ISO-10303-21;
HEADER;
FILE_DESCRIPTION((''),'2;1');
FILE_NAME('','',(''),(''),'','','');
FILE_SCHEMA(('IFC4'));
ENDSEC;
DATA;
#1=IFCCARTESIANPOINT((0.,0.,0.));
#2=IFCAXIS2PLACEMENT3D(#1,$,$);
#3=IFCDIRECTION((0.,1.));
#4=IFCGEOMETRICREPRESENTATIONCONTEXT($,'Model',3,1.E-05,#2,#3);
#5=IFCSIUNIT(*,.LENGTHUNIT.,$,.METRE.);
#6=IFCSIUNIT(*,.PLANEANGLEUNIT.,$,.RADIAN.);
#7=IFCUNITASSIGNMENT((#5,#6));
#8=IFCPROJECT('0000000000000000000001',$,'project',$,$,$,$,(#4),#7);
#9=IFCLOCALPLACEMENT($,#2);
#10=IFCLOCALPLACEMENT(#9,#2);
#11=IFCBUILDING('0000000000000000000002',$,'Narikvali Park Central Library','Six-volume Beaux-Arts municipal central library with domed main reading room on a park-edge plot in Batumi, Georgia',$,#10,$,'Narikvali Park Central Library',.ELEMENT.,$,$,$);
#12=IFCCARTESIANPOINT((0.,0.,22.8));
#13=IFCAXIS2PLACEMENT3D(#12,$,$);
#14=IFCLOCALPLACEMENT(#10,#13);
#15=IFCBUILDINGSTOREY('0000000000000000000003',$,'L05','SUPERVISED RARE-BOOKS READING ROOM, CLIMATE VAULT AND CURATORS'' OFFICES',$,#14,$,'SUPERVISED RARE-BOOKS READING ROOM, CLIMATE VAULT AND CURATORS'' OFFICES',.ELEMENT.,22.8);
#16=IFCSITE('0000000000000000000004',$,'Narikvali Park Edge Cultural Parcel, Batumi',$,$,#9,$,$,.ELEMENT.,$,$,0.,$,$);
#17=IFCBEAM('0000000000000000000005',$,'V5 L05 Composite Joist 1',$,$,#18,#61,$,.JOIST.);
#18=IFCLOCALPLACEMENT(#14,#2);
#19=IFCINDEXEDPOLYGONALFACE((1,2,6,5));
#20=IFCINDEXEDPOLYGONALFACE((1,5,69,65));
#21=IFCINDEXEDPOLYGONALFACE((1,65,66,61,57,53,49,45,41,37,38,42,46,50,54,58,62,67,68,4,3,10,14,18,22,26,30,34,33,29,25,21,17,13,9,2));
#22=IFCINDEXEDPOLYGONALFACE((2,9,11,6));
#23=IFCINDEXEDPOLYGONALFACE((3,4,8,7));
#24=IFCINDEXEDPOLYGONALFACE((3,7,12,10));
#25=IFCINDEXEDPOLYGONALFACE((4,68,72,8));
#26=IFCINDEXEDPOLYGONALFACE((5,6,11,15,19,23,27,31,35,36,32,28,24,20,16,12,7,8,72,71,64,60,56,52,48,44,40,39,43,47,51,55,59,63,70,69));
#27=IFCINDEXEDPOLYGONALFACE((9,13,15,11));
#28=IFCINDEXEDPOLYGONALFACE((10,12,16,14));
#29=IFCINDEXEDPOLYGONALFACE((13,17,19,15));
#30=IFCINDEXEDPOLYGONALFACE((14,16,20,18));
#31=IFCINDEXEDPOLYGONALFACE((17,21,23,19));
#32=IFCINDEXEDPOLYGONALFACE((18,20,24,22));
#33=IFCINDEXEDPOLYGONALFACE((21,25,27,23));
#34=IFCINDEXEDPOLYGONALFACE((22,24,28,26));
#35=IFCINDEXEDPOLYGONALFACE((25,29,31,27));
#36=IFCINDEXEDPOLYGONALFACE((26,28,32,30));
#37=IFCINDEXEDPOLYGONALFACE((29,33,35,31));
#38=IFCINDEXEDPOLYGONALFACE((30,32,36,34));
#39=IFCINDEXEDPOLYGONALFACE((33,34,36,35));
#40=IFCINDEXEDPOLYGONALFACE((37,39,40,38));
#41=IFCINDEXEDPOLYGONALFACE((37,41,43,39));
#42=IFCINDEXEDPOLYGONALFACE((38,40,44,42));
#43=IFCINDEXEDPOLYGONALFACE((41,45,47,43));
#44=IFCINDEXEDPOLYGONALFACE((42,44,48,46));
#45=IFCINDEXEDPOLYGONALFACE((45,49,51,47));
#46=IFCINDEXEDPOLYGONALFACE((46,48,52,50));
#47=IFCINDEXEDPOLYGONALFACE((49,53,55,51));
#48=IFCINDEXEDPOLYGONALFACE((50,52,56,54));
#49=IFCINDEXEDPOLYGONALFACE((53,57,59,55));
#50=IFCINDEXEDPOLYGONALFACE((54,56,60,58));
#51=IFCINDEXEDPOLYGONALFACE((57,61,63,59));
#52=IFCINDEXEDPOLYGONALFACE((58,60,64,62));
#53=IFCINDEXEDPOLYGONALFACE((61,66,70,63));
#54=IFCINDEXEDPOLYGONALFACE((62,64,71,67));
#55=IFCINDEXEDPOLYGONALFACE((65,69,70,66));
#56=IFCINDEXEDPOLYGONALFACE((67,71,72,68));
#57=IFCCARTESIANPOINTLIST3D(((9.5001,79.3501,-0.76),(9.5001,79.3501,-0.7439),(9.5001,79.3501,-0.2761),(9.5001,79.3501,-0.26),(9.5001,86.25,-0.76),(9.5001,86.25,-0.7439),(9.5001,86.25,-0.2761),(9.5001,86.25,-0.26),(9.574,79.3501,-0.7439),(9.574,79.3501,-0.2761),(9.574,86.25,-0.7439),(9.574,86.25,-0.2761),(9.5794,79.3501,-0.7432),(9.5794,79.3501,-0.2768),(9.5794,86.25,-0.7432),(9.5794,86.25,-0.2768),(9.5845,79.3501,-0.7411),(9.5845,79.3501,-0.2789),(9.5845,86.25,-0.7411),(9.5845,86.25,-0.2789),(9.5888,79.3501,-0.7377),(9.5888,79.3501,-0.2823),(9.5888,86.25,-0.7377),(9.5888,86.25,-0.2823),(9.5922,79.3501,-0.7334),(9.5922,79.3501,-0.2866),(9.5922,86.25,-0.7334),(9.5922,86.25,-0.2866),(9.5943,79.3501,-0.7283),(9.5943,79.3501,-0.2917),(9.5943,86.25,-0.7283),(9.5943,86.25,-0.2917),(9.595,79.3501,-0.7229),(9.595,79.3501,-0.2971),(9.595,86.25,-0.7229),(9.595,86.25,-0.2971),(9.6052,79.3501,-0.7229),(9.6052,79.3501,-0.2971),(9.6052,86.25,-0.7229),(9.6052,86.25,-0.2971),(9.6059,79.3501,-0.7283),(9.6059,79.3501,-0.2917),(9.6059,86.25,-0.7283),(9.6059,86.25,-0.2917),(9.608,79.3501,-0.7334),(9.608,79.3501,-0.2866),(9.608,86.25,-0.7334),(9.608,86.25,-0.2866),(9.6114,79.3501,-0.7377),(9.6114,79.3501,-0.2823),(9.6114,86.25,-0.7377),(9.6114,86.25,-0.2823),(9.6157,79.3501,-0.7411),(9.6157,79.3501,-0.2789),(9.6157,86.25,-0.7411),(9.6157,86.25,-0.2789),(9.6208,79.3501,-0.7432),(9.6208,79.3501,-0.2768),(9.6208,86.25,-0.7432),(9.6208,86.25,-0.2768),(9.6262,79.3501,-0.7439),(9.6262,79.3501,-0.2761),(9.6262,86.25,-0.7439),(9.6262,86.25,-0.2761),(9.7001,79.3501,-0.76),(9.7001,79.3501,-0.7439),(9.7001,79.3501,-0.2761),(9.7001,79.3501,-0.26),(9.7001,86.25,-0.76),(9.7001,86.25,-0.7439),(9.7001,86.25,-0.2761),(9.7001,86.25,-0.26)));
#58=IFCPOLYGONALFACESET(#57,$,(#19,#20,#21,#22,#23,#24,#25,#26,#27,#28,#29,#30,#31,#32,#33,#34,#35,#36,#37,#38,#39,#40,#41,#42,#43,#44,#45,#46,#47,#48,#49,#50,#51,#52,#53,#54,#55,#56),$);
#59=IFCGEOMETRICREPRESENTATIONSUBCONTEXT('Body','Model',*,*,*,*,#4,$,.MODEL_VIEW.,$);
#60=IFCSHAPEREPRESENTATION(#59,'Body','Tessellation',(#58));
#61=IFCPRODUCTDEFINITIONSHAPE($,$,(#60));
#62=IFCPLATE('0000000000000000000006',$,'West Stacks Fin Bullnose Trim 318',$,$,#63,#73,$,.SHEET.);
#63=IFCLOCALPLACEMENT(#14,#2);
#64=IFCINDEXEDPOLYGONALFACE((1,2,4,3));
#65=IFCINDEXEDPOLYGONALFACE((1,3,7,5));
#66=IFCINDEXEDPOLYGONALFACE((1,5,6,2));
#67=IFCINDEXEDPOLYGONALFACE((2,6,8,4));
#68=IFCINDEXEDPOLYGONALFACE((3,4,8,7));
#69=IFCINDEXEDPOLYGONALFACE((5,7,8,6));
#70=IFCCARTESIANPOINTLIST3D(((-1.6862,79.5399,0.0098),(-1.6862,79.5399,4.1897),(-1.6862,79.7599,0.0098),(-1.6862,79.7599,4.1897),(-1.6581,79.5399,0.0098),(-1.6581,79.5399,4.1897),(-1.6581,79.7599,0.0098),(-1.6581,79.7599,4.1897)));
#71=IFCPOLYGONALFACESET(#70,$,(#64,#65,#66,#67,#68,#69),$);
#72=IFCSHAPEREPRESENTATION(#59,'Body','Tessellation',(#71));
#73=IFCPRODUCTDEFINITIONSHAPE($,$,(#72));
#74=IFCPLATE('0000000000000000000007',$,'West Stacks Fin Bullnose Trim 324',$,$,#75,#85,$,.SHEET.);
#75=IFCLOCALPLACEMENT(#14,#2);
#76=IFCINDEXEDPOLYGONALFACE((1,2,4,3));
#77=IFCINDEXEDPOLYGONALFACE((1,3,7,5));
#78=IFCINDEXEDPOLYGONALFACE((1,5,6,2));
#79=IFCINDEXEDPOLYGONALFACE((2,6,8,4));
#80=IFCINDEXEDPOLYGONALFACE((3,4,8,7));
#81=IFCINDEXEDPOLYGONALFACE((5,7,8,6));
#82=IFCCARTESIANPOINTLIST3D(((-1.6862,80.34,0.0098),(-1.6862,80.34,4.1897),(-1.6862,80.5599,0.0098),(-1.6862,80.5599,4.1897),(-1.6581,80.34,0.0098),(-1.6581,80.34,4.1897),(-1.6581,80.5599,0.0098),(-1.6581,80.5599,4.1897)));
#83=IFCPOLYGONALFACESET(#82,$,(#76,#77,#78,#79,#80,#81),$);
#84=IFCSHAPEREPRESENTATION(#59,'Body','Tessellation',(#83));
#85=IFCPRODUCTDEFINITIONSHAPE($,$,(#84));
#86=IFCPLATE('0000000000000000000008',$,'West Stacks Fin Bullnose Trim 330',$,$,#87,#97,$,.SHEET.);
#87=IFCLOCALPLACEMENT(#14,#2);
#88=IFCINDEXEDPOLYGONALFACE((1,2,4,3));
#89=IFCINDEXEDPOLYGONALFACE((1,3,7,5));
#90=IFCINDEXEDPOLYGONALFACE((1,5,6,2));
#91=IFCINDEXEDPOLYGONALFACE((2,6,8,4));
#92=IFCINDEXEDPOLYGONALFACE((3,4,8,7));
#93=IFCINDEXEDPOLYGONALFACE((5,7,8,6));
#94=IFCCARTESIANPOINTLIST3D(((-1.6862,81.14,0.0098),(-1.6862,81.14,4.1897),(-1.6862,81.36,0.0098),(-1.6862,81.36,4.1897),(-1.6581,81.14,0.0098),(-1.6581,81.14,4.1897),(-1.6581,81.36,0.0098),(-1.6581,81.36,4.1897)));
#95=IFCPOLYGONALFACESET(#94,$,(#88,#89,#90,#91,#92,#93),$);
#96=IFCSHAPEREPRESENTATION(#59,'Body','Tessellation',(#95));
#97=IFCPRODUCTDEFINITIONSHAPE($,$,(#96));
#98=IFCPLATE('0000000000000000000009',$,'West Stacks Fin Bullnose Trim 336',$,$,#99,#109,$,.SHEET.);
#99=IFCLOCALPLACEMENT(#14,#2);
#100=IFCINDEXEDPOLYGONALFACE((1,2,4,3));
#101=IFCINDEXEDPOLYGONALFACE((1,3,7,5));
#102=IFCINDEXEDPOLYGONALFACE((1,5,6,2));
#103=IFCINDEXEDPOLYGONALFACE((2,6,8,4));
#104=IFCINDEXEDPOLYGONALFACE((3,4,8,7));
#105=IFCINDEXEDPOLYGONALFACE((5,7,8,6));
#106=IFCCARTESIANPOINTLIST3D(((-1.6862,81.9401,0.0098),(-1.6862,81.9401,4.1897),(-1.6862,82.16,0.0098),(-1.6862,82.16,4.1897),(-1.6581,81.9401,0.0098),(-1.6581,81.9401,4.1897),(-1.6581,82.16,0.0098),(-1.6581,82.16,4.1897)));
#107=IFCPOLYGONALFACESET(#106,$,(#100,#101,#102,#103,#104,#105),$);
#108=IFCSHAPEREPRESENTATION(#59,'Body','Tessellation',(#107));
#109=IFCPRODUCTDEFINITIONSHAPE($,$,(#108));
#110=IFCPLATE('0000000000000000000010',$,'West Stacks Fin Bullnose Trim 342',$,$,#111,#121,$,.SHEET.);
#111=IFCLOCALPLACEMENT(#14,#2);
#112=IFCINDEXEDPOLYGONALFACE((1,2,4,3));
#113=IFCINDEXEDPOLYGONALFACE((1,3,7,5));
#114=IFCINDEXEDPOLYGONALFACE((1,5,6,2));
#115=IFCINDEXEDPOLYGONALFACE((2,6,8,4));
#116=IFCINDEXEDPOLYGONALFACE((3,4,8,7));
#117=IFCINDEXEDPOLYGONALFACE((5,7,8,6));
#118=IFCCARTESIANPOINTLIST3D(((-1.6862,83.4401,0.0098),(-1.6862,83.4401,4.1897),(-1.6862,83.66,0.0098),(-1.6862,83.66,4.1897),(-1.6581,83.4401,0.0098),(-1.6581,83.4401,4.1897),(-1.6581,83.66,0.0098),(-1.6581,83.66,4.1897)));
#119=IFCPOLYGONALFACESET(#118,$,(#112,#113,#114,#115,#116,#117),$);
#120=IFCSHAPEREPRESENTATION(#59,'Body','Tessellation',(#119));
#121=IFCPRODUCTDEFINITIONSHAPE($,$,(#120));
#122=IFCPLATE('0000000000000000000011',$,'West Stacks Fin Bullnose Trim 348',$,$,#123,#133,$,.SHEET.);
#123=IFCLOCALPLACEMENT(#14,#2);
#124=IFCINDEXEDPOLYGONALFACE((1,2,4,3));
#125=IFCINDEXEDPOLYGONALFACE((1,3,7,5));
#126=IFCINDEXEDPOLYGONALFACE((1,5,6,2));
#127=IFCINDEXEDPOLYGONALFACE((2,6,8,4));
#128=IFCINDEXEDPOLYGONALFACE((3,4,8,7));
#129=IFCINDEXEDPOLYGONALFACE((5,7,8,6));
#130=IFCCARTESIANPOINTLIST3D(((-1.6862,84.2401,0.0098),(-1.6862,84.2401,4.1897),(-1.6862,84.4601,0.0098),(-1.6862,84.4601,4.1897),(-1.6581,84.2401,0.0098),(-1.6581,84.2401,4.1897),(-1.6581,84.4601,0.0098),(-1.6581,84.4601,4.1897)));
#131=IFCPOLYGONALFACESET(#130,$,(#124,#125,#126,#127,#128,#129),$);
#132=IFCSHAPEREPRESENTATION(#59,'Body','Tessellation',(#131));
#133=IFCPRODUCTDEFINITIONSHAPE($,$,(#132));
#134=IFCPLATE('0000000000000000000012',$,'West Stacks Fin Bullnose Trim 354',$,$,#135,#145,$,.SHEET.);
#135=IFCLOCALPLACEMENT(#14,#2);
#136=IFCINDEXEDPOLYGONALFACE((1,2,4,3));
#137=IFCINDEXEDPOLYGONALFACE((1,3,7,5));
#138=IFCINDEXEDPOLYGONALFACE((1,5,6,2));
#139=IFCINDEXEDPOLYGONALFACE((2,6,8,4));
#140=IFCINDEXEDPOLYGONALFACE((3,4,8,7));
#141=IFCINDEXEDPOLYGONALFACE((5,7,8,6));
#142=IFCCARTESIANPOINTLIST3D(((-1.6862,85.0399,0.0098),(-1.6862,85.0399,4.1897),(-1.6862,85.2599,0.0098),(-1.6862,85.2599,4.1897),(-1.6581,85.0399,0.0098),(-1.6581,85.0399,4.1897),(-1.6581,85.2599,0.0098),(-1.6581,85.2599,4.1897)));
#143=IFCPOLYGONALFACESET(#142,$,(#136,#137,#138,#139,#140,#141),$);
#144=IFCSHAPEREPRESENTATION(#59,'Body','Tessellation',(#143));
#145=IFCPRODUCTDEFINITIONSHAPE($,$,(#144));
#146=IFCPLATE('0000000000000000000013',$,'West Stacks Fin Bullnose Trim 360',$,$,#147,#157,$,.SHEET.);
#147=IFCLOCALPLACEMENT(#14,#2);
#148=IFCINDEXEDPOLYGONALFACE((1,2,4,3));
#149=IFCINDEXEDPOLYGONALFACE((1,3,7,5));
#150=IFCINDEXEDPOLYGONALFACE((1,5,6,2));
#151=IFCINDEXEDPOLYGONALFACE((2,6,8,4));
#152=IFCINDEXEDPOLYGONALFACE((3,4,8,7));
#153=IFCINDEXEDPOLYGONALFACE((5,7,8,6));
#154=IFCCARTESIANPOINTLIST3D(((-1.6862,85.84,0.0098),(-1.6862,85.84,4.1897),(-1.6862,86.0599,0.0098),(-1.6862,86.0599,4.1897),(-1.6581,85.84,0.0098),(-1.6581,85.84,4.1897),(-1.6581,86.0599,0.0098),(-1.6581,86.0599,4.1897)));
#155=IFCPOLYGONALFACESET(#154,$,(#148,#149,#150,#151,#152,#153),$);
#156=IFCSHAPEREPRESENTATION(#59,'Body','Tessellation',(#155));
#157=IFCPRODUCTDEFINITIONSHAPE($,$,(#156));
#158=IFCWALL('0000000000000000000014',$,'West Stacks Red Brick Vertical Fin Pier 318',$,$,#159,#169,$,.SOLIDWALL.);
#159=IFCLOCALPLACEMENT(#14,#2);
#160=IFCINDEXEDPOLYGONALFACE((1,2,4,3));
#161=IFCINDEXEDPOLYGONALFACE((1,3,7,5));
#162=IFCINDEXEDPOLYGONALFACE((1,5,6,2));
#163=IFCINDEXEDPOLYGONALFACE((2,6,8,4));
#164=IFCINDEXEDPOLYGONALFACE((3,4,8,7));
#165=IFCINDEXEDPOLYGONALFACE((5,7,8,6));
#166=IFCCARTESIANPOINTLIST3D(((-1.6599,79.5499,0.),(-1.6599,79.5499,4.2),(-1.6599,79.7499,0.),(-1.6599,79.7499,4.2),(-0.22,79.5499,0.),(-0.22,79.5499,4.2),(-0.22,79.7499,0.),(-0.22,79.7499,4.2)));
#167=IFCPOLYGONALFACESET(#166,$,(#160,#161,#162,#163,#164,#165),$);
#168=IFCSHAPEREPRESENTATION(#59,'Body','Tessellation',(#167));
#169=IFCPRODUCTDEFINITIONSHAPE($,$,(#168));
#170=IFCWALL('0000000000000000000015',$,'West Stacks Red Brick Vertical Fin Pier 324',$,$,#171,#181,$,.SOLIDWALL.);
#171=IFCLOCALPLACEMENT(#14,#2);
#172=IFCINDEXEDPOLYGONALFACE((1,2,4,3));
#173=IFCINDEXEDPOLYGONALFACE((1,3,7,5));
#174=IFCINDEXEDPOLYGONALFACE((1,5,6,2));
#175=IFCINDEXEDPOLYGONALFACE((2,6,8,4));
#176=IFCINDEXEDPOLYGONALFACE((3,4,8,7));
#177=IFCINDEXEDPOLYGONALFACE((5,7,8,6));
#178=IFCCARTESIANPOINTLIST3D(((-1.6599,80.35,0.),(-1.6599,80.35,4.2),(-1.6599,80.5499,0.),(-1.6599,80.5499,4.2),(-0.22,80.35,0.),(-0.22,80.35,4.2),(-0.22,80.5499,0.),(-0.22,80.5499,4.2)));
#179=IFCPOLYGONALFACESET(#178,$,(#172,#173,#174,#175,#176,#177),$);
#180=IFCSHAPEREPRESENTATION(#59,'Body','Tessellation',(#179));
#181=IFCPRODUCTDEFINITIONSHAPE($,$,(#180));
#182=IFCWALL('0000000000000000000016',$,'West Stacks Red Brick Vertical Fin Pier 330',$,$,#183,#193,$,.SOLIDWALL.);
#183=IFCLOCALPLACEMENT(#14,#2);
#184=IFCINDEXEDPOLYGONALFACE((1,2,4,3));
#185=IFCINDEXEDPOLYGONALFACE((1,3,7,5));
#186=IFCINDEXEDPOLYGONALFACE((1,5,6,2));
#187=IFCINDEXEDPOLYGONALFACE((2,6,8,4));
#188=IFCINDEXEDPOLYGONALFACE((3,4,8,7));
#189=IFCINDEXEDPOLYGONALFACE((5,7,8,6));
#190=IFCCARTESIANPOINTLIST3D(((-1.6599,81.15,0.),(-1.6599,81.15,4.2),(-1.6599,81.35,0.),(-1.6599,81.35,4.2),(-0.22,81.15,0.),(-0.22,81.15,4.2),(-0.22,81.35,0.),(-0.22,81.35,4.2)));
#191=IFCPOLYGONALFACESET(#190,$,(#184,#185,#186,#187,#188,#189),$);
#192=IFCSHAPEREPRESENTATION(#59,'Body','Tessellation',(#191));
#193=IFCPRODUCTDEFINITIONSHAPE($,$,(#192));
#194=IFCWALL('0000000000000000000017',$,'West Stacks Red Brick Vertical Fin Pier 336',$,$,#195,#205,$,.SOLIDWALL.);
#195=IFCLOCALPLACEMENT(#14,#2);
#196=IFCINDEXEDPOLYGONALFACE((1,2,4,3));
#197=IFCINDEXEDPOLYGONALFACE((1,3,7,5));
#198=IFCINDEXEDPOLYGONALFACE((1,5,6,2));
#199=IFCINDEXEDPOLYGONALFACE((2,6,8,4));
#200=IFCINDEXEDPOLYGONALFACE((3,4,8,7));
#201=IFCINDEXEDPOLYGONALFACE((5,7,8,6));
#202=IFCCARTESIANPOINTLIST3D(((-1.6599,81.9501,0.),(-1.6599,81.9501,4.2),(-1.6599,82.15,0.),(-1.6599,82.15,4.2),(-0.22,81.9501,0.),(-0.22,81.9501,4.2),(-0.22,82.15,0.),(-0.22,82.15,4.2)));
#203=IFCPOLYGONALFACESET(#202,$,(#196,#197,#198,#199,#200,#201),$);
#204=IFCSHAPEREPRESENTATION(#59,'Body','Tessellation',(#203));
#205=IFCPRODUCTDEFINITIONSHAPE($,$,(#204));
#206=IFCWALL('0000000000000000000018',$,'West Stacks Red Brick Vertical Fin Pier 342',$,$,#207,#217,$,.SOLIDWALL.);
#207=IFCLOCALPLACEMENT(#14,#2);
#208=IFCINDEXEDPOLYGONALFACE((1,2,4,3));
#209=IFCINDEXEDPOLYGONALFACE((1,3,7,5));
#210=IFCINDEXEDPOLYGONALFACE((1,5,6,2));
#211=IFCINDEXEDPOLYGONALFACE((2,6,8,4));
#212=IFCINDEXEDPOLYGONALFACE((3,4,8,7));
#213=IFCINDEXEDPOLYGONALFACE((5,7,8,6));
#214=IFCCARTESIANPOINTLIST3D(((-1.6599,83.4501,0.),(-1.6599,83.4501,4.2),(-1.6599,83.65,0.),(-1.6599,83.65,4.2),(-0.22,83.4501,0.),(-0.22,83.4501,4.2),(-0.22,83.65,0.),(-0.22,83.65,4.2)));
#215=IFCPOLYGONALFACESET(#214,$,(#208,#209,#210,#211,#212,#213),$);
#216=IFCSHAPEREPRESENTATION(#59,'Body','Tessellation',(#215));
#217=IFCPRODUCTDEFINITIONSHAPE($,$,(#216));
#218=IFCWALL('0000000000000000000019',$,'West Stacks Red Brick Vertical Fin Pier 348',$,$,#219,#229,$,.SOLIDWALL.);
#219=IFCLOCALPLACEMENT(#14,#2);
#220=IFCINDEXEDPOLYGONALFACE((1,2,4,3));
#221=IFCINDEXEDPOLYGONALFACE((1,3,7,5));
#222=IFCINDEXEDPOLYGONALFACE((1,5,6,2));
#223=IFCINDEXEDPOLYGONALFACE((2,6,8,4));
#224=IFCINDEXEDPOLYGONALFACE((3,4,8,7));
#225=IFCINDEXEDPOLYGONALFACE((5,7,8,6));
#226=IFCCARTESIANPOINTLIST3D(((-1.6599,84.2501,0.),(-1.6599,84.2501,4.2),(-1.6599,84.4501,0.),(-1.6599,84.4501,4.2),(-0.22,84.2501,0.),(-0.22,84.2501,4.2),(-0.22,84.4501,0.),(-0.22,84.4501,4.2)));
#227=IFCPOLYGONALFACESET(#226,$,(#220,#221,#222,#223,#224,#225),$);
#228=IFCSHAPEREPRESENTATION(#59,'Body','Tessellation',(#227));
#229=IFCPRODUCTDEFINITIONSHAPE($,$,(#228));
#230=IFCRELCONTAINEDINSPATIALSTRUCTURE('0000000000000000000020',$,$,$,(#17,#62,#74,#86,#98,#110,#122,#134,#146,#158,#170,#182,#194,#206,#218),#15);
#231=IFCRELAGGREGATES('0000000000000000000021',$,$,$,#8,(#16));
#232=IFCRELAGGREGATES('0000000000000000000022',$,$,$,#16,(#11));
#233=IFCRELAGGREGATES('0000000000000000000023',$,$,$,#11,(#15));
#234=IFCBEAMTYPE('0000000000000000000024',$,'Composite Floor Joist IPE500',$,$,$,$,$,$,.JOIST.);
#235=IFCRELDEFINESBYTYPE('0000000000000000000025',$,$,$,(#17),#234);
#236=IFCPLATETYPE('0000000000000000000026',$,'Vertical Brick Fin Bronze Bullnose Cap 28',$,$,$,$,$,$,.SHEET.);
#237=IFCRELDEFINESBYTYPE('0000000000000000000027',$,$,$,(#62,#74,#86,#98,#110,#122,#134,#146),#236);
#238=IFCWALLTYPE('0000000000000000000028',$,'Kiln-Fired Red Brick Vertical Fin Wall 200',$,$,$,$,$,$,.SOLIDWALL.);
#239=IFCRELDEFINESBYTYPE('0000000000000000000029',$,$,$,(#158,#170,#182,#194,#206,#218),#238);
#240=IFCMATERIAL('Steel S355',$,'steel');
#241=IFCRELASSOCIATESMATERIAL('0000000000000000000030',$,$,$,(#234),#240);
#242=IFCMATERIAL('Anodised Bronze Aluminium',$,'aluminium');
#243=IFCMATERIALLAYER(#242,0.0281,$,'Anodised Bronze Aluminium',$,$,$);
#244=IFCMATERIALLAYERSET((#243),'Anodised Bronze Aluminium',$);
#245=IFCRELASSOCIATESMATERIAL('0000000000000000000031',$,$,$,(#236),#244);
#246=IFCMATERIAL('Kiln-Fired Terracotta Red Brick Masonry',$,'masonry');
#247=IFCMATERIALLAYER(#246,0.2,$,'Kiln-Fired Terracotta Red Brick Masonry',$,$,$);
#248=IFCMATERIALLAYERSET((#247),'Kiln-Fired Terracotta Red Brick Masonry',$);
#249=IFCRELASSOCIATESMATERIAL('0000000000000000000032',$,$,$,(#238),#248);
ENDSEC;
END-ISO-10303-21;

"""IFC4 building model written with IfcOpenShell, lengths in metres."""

from ifc_helpers import new_model, si_unit, direction, frame, frame_2d, origin, origin_2d, place, context, subcontext, project, spatial, rectangle, i_section, extrude, material, layer, layer_set, material_profile, profile_set, type_object, element, save


model = new_model("IFC4")

# Units and contexts
model_context = context("Model", 3, precision=1e-05, world=origin(), true_north=direction((0.0, 1.0)))
body_context = subcontext(model_context, "Body", "Model", "MODEL_VIEW")
ifc_project = project(units=[si_unit("LENGTHUNIT", "METRE"), si_unit("PLANEANGLEUNIT", "RADIAN")], contexts=[model_context])

# Site, building, storey
site_placement = place(None, origin())
site = spatial("IfcSite", under=ifc_project, at=site_placement, Name="Narikvali Park Edge Cultural Parcel, Batumi", CompositionType="ELEMENT", RefElevation=0.0)
building_placement = place(site_placement, origin())
building = spatial("IfcBuilding", under=site, at=building_placement, Name="Narikvali Park Central Library", Description="Six-volume Beaux-Arts municipal central library with domed main reading room on a park-edge plot in Batumi, Georgia", LongName="Narikvali Park Central Library", CompositionType="ELEMENT")
storey_placement = place(building_placement, frame((0.0, 0.0, 22.8)))
storey = spatial("IfcBuildingStorey", under=building, at=storey_placement, Name="L05", Description="SUPERVISED RARE-BOOKS READING ROOM, CLIMATE VAULT AND CURATORS' OFFICES", LongName="SUPERVISED RARE-BOOKS READING ROOM, CLIMATE VAULT AND CURATORS' OFFICES", CompositionType="ELEMENT", Elevation=22.8)

# Beam
ifc_material_1 = material(Name="Steel S355", Category="steel")
ifc_material_profile = material_profile(ifc_material_1, i_section(OverallWidth=0.2, OverallDepth=0.5, WebThickness=0.0103, FlangeThickness=0.0161, FilletRadius=0.021, at=origin_2d()), Name="IPE 500")
ifc_profile_set = profile_set([ifc_material_profile], Name="Steel S355")
beam_type = type_object("IfcBeamType", Name="Composite Floor Joist IPE500", PredefinedType="JOIST", material=ifc_profile_set)
beam_placement = place(storey_placement, frame((9.6001, 79.3501, -0.51), z_axis=(0.0, 1.0, 0.0), x_axis=(-1.0, 0.0, 0.0)))
element("IfcBeam", 1, at=beam_placement, inside=storey, type_object=beam_type, Name="V5 L05 Composite Joist 1", PredefinedType="JOIST", context=body_context, shape_type="SweptSolid", body=[
    extrude(i_section(OverallWidth=0.2, OverallDepth=0.5, WebThickness=0.0103, FlangeThickness=0.0161, FilletRadius=0.021, at=origin_2d()), origin(), (0.0, 0.0, 1.0), 6.8999),
])

# Plates
ifc_material_2 = material(Name="Anodised Bronze Aluminium", Category="aluminium")
ifc_layer_1 = layer(ifc_material_2, 0.0281, Name="Anodised Bronze Aluminium")
ifc_layer_set_1 = layer_set([ifc_layer_1], Name="Anodised Bronze Aluminium")
plate_type = type_object("IfcPlateType", Name="Vertical Brick Fin Bronze Bullnose Cap 28", PredefinedType="SHEET", material=ifc_layer_set_1)
for number, where, z_axis, x_axis, name in (
    (2, (-1.6721, 79.6499, 0.0098), (0.0, 0.0, 1.0), (1.0, 0.0, 0.0), "West Stacks Fin Bullnose Trim 318"),
    (3, (-1.6721, 80.45, 0.0098), (0.0, 0.0, 1.0), (1.0, 0.0, 0.0), "West Stacks Fin Bullnose Trim 324"),
    (4, (-1.6721, 81.25, 0.0098), (0.0, 0.0, 1.0), (1.0, 0.0, 0.0), "West Stacks Fin Bullnose Trim 330"),
    (5, (-1.6721, 82.05, 0.0098), (0.0, 0.0, 1.0), (1.0, 0.0, 0.0), "West Stacks Fin Bullnose Trim 336"),
    (6, (-1.6721, 83.55, 0.0098), (0.0, 0.0, 1.0), (1.0, 0.0, 0.0), "West Stacks Fin Bullnose Trim 342"),
    (7, (-1.6721, 84.3501, 0.0098), (0.0, 0.0, 1.0), (1.0, 0.0, 0.0), "West Stacks Fin Bullnose Trim 348"),
    (8, (-1.6721, 85.1499, 0.0098), (0.0, 0.0, 1.0), (1.0, 0.0, 0.0), "West Stacks Fin Bullnose Trim 354"),
    (9, (-1.6721, 85.95, 0.0098), (0.0, 0.0, 1.0), (1.0, 0.0, 0.0), "West Stacks Fin Bullnose Trim 360"),
):
    element("IfcPlate", number, at=place(storey_placement, frame(where, z_axis=z_axis, x_axis=x_axis)), inside=storey, type_object=plate_type, Name=name, PredefinedType="SHEET", context=body_context, shape_type="SweptSolid", body=[
        extrude(rectangle(XDim=0.0281, YDim=0.22, at=origin_2d()), origin(), (0.0, 0.0, 1.0), 4.1799),
    ])

# Walls
ifc_material_3 = material(Name="Kiln-Fired Terracotta Red Brick Masonry", Category="masonry")
ifc_layer_2 = layer(ifc_material_3, 0.2, Name="Kiln-Fired Terracotta Red Brick Masonry")
ifc_layer_set_2 = layer_set([ifc_layer_2], Name="Kiln-Fired Terracotta Red Brick Masonry")
wall_type_1 = type_object("IfcWallType", Name="Kiln-Fired Red Brick Vertical Fin Wall 200", PredefinedType="SOLIDWALL", material=ifc_layer_set_2)
for number, where, z_axis, x_axis, name in (
    (10, (-1.6599, 79.6499, 0.0), (0.0, 0.0, 1.0), (1.0, 0.0, 0.0), "West Stacks Red Brick Vertical Fin Pier 318"),
    (11, (-1.6599, 80.45, 0.0), (0.0, 0.0, 1.0), (1.0, 0.0, 0.0), "West Stacks Red Brick Vertical Fin Pier 324"),
    (12, (-1.6599, 81.25, 0.0), (0.0, 0.0, 1.0), (1.0, 0.0, 0.0), "West Stacks Red Brick Vertical Fin Pier 330"),
    (13, (-1.6599, 82.05, 0.0), (0.0, 0.0, 1.0), (1.0, 0.0, 0.0), "West Stacks Red Brick Vertical Fin Pier 336"),
    (14, (-1.6599, 83.55, 0.0), (0.0, 0.0, 1.0), (1.0, 0.0, 0.0), "West Stacks Red Brick Vertical Fin Pier 342"),
    (15, (-1.6599, 84.3501, 0.0), (0.0, 0.0, 1.0), (1.0, 0.0, 0.0), "West Stacks Red Brick Vertical Fin Pier 348"),
):
    element("IfcWall", number, at=place(storey_placement, frame(where, z_axis=z_axis, x_axis=x_axis)), inside=storey, type_object=wall_type_1, Name=name, PredefinedType="SOLIDWALL", context=body_context, shape_type="SweptSolid", body=[
        extrude(rectangle(XDim=1.4399, YDim=0.2, at=frame_2d((0.72, 0.0))), origin(), (0.0, 0.0, 1.0), 4.2),
    ])

save(model, "model.ifc")
